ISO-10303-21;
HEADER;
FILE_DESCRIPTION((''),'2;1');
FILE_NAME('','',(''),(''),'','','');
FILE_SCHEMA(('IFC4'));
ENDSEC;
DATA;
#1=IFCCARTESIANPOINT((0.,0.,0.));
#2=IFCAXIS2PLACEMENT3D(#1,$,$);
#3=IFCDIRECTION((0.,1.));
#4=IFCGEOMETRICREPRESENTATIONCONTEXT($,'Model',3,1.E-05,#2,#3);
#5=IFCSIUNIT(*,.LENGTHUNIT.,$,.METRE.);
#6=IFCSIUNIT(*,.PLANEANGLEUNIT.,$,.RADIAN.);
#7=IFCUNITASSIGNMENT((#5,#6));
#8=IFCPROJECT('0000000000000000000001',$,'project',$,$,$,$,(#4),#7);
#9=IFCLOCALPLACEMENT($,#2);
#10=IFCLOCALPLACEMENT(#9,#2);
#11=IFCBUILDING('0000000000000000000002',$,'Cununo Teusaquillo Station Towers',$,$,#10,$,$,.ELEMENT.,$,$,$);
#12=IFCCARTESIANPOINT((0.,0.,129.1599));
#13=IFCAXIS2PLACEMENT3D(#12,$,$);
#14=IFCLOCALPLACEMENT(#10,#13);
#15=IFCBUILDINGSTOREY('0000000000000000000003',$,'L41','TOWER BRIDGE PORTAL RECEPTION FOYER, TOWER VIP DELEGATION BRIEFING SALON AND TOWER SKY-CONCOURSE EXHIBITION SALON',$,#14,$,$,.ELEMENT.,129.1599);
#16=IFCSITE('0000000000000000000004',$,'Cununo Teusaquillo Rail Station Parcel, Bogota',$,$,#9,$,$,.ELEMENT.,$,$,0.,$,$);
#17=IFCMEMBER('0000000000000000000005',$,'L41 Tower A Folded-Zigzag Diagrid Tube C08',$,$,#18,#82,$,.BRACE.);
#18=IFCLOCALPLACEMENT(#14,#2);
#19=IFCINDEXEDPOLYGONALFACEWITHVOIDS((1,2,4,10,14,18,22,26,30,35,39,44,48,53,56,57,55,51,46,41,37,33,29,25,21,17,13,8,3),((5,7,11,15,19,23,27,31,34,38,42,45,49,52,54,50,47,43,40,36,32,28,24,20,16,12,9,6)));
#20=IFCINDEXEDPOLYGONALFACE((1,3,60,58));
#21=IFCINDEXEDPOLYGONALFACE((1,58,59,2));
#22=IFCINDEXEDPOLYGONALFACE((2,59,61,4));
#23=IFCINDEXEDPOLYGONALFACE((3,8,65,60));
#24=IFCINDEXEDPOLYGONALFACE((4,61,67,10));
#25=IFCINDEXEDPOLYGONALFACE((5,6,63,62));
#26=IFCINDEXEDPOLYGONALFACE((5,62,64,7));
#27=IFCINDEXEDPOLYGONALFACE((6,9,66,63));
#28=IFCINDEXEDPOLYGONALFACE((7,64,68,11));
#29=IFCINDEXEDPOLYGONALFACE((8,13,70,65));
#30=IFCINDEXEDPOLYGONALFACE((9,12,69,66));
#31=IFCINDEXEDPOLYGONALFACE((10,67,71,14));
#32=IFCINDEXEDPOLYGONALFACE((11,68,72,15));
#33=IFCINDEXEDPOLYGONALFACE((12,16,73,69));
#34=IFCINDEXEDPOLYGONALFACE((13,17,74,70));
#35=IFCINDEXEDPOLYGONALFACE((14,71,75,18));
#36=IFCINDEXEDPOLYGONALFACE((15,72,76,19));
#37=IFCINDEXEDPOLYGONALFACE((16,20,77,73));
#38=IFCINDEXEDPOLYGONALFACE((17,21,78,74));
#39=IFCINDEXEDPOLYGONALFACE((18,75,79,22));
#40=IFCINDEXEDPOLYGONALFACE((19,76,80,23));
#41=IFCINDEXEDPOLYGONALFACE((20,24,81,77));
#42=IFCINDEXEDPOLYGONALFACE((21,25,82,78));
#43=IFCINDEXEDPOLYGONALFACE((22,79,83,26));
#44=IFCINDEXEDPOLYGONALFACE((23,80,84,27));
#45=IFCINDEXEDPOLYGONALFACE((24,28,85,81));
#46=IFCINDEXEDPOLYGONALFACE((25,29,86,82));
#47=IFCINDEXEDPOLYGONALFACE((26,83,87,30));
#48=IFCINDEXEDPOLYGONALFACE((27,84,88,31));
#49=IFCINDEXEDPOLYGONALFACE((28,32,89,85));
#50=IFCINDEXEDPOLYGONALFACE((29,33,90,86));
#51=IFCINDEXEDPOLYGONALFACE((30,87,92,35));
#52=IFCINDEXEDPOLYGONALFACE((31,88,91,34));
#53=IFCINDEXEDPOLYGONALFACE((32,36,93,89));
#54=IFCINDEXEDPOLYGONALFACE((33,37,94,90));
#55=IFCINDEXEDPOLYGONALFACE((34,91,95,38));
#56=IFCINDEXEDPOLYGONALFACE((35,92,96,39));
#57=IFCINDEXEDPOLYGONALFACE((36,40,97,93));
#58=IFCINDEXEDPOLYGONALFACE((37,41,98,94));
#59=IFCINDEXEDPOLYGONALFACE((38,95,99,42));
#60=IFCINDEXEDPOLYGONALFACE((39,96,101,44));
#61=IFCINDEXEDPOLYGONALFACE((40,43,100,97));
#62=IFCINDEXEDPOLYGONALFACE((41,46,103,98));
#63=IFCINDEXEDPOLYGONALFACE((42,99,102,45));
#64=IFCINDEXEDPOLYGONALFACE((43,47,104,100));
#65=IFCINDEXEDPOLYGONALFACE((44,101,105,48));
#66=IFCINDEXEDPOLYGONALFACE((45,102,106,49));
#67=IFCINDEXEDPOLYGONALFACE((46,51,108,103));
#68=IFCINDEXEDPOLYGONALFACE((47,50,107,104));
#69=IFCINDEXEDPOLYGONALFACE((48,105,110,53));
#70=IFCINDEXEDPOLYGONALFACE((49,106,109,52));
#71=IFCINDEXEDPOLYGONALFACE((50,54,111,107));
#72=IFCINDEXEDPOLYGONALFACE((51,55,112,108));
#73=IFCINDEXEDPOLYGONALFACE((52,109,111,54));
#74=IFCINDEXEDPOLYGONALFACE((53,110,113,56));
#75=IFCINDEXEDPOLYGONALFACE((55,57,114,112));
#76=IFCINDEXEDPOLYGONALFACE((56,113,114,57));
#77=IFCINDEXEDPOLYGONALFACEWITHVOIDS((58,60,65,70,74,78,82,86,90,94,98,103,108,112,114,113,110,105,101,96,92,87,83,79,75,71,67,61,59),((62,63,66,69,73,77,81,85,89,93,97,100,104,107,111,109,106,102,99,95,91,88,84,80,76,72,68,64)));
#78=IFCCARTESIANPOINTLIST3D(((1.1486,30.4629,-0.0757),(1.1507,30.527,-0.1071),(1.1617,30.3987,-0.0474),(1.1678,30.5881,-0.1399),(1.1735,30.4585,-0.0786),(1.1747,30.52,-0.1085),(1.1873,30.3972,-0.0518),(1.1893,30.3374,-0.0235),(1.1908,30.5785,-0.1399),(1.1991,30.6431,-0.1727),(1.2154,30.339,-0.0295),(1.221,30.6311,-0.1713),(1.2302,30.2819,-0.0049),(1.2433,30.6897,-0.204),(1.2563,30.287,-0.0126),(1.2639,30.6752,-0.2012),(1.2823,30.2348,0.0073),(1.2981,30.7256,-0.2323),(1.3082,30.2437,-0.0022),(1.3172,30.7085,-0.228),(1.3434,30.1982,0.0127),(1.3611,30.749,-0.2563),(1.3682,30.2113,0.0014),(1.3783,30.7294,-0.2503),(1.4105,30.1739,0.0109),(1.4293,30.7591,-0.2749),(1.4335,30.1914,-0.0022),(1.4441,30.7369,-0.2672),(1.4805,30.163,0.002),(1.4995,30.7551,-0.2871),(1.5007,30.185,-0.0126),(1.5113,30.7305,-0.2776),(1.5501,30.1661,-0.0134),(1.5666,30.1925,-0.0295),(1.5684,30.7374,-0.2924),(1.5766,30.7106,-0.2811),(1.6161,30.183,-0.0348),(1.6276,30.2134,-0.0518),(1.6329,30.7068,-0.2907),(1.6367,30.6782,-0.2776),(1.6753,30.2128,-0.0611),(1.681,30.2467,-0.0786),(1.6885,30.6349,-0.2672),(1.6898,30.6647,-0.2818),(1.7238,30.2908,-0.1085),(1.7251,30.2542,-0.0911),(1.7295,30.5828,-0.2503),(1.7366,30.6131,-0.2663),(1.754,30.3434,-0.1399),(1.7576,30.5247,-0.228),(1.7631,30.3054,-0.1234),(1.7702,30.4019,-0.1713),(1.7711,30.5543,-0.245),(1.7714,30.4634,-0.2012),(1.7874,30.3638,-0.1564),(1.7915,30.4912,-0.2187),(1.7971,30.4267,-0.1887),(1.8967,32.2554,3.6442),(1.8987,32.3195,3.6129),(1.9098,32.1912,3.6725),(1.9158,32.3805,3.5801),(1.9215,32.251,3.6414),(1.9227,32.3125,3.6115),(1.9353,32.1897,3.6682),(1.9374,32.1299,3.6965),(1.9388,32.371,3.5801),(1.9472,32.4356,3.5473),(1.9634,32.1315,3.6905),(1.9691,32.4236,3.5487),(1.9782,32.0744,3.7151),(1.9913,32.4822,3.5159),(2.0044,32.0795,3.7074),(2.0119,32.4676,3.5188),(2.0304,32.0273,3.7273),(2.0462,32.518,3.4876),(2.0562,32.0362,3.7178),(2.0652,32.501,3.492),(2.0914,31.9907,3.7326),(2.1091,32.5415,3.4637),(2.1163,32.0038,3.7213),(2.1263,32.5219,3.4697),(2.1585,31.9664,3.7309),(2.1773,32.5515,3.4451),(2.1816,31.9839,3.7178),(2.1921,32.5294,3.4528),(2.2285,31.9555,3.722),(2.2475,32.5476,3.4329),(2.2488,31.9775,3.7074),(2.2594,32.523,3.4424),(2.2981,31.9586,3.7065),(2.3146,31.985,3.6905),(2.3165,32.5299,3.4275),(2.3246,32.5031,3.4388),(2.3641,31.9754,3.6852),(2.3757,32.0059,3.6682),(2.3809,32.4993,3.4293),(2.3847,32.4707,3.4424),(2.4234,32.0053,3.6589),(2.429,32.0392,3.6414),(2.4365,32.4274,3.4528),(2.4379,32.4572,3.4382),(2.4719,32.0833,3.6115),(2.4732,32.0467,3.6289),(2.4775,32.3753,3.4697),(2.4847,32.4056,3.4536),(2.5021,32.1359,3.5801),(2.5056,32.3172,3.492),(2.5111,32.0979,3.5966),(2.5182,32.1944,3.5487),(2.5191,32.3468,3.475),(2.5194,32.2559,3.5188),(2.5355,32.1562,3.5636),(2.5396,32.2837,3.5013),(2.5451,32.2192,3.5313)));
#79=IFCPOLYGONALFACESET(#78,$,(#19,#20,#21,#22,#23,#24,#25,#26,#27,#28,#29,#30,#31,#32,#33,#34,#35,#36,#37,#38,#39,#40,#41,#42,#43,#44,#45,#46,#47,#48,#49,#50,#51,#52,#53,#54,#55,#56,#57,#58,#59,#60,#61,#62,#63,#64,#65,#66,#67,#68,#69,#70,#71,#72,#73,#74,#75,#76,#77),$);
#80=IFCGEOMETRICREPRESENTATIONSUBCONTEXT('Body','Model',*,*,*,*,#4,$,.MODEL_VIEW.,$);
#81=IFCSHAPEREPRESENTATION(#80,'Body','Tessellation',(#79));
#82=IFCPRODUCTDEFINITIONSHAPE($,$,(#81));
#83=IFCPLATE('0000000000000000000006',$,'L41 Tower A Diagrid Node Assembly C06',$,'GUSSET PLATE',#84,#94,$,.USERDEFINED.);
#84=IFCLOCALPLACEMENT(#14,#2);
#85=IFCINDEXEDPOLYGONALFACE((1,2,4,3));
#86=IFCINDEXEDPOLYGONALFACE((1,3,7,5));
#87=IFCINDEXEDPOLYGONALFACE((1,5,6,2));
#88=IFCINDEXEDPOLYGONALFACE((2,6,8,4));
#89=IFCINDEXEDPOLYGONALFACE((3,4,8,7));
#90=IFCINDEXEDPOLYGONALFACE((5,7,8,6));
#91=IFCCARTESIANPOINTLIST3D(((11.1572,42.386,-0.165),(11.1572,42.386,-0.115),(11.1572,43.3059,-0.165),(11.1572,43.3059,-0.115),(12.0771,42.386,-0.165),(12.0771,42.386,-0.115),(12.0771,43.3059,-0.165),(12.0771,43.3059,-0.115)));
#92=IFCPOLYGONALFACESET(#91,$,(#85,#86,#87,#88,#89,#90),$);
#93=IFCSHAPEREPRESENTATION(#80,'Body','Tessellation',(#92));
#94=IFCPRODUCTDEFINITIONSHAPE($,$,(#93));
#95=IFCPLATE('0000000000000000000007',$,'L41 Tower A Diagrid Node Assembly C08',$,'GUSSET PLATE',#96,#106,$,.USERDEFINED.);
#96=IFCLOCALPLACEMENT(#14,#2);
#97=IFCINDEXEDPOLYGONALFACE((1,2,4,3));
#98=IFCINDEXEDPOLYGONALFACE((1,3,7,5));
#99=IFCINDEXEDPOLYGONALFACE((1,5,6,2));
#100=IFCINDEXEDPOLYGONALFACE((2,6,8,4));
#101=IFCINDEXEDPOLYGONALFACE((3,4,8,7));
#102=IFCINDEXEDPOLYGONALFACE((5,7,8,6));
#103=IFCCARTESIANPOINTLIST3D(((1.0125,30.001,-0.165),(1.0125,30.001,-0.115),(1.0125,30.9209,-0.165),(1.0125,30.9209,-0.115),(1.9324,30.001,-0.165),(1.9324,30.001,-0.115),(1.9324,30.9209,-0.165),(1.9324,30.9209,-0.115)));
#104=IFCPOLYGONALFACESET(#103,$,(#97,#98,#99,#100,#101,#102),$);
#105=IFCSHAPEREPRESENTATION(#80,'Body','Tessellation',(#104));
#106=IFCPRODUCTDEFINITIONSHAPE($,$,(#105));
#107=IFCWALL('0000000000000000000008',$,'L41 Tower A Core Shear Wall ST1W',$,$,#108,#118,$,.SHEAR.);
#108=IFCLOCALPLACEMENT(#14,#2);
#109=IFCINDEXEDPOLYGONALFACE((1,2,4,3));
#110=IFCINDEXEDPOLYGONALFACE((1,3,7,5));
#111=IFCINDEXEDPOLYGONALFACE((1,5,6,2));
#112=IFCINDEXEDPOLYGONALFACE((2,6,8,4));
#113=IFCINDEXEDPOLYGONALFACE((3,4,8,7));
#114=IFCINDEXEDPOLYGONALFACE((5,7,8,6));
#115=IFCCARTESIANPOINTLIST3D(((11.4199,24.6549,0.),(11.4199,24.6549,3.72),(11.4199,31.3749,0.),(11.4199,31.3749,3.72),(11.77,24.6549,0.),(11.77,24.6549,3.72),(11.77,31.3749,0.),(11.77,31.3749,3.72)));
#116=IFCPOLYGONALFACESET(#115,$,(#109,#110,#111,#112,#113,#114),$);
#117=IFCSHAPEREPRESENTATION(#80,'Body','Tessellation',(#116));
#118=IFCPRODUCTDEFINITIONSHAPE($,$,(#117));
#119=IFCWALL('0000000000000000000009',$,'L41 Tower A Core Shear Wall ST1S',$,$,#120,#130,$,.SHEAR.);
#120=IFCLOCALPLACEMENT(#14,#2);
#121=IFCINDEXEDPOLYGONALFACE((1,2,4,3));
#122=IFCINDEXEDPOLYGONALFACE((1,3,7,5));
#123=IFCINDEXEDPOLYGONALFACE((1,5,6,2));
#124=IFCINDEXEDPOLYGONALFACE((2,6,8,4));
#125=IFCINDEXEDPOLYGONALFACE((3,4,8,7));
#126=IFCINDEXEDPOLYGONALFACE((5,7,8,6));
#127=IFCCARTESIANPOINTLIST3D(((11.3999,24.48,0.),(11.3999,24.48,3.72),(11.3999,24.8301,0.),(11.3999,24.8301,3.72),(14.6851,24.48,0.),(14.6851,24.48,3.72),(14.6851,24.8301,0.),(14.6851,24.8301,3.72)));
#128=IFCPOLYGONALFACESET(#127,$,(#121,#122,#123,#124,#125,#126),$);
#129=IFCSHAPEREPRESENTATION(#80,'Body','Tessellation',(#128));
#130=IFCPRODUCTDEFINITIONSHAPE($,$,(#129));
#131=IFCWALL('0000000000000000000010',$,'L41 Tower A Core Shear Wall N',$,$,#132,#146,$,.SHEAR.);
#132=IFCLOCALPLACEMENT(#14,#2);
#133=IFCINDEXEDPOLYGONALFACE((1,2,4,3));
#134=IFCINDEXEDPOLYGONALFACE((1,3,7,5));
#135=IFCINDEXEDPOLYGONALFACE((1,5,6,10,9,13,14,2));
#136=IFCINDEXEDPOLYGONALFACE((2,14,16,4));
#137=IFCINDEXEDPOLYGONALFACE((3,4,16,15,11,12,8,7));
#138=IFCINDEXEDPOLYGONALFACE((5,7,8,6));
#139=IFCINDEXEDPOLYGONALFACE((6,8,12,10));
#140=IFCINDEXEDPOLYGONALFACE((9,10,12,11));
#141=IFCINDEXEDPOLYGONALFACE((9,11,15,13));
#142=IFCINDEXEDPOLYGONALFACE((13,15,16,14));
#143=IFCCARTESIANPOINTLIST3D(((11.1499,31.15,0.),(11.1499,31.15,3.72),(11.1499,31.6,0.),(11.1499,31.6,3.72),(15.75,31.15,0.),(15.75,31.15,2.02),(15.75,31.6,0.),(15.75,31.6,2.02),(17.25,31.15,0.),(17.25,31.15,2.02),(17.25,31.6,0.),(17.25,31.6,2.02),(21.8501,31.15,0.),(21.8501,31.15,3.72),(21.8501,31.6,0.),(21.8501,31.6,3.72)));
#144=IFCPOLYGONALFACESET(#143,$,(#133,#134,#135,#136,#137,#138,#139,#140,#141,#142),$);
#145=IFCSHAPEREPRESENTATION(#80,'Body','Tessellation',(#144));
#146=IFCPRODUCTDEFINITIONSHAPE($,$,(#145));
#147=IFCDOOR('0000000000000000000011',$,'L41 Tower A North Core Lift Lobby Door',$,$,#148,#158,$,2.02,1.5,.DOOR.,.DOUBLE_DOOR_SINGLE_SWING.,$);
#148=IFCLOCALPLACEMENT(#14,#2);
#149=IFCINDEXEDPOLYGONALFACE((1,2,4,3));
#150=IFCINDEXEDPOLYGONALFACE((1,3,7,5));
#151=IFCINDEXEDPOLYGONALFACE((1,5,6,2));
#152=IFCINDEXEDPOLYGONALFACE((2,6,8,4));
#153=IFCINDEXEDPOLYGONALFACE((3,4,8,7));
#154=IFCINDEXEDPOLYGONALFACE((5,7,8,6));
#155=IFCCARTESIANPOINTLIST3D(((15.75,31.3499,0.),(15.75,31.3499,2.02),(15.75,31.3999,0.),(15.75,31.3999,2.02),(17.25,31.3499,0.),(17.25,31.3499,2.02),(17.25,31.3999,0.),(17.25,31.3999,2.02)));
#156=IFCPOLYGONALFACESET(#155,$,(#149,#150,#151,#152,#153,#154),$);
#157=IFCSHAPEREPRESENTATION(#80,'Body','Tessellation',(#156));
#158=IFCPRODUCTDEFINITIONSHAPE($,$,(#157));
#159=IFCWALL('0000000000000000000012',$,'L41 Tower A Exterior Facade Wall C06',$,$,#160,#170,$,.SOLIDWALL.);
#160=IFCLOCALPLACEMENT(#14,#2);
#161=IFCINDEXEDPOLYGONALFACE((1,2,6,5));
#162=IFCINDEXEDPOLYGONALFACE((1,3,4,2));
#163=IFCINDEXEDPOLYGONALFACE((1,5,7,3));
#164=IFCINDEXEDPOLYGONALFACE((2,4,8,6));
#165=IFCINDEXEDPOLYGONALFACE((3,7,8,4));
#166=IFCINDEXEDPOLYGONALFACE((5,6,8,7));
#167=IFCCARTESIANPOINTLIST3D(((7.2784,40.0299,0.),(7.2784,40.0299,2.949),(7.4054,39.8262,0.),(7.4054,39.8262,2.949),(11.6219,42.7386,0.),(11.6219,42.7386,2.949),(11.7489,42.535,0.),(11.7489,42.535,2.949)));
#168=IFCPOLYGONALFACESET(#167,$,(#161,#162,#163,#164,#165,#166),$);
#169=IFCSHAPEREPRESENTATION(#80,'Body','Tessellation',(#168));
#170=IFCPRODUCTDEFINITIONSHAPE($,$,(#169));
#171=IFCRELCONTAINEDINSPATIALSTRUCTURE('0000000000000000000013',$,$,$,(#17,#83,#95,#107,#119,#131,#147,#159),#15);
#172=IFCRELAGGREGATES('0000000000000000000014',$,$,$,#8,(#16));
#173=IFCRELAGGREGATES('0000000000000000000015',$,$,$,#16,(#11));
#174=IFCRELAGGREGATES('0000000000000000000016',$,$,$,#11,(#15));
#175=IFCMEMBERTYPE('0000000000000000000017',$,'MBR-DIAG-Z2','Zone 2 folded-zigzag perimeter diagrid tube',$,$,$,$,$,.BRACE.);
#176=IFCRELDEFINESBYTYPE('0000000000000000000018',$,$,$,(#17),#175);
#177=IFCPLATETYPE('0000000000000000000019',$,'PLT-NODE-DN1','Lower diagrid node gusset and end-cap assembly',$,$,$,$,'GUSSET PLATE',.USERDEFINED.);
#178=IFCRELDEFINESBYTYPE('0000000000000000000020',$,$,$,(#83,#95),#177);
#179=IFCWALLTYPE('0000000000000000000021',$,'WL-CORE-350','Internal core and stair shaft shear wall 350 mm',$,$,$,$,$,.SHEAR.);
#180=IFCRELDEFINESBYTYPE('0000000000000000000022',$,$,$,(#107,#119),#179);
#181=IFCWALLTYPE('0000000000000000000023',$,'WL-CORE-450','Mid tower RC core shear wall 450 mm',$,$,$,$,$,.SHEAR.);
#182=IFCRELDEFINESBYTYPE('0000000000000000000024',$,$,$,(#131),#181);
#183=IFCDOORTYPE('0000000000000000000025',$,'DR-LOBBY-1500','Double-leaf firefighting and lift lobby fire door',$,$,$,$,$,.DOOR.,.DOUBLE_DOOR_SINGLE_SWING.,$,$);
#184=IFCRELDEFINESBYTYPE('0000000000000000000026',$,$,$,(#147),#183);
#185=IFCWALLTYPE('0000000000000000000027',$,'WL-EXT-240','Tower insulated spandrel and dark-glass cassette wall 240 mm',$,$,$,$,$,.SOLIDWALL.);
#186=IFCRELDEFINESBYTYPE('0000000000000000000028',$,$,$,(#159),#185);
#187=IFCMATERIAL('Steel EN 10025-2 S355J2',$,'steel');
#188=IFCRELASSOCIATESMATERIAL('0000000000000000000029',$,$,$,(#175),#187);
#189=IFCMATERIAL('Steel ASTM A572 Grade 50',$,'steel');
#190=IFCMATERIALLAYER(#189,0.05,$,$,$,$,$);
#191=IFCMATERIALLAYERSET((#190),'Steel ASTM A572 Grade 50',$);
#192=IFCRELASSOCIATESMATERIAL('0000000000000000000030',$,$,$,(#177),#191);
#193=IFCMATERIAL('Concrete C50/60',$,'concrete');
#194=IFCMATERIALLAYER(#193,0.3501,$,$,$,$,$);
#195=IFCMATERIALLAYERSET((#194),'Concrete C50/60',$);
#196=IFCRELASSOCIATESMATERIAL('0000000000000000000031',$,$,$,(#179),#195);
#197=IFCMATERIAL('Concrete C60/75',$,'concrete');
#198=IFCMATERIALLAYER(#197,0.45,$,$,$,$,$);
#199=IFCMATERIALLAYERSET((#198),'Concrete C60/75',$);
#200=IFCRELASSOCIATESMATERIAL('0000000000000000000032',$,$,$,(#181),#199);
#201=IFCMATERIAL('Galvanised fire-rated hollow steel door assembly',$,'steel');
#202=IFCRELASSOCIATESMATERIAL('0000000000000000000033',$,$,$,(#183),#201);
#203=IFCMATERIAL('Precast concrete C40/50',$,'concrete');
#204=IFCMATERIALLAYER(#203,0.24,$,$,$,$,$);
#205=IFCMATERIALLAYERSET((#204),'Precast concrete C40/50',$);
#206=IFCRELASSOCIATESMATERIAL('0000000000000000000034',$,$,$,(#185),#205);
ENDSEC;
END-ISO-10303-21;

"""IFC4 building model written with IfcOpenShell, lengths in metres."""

from ifc_helpers import new_model, si_unit, direction, frame, frame_2d, origin, origin_2d, place, context, subcontext, project, spatial, rectangle, hollow_circle, extrude, source, transform, mapped, material, layer, layer_set, material_profile, profile_set, type_object, element, fill, save


model = new_model("IFC4")

# Units and contexts
model_context = context("Model", 3, precision=1e-05, world=origin(), true_north=direction((0.0, 1.0)))
body_context = subcontext(model_context, "Body", "Model", "MODEL_VIEW")
ifc_project = project(units=[si_unit("LENGTHUNIT", "METRE"), si_unit("PLANEANGLEUNIT", "RADIAN")], contexts=[model_context])

# Site, building, storey
site_placement = place(None, origin())
site = spatial("IfcSite", under=ifc_project, at=site_placement, Name="Cununo Teusaquillo Rail Station Parcel, Bogota", CompositionType="ELEMENT", RefElevation=0.0)
building_placement = place(site_placement, origin())
building = spatial("IfcBuilding", under=site, at=building_placement, Name="Cununo Teusaquillo Station Towers", CompositionType="ELEMENT")
storey_placement = place(building_placement, frame((0.0, 0.0, 129.1599)))
storey = spatial("IfcBuildingStorey", under=building, at=storey_placement, Name="L41", Description="TOWER BRIDGE PORTAL RECEPTION FOYER, TOWER VIP DELEGATION BRIEFING SALON AND TOWER SKY-CONCOURSE EXHIBITION SALON", CompositionType="ELEMENT", Elevation=129.1599)

# Member
ifc_material_1 = material(Name="Steel EN 10025-2 S355J2", Category="steel")
ifc_material_profile_1 = material_profile(ifc_material_1, hollow_circle(Radius=0.3301, WallThickness=0.0249, at=origin_2d()), Name="CHS 660x25")
ifc_profile_set_1 = profile_set([ifc_material_profile_1], Name="Steel EN 10025-2 S355J2")
member_type = type_object("IfcMemberType", Name="MBR-DIAG-Z2", Description="Zone 2 folded-zigzag perimeter diagrid tube", PredefinedType="BRACE", material=ifc_profile_set_1)
member_1_placement = place(storey_placement, frame((1.4724, 30.4609, -0.1399), z_axis=(0.178254, 0.427135, 0.886443), x_axis=(-0.922861, 0.385133, 0.0)))
element("IfcMember", 1, at=member_1_placement, inside=storey, type_object=member_type, Name="L41 Tower A Folded-Zigzag Diagrid Tube C08", PredefinedType="BRACE", context=body_context, shape_type="SweptSolid", body=[
    extrude(hollow_circle(Radius=0.3301, WallThickness=0.0249, at=origin_2d()), origin(), (0.0, 0.0, 1.0), 4.1965),
])

# Plates
ifc_material_2 = material(Name="Steel ASTM A572 Grade 50", Category="steel")
ifc_layer_1 = layer(ifc_material_2, 0.05)
ifc_layer_set_1 = layer_set([ifc_layer_1], Name="Steel ASTM A572 Grade 50")
plate_type = type_object("IfcPlateType", Name="PLT-NODE-DN1", Description="Lower diagrid node gusset and end-cap assembly", ElementType="GUSSET PLATE", PredefinedType="USERDEFINED", material=ifc_layer_set_1)
shared_shape_1 = source(origin(), body_context, "Body", "SweptSolid", [
    extrude(rectangle(XDim=0.9199, YDim=0.9199, at=origin_2d()), origin(), (0.0, 0.0, 1.0), 0.05),
])
for number, where, z_axis, x_axis, name in (
    (2, (11.6172, 42.8459, -0.165), (0.0, 0.0, 1.0), (1.0, 0.0, 0.0), "L41 Tower A Diagrid Node Assembly C06"),
    (3, (1.4724, 30.4609, -0.165), (0.0, 0.0, 1.0), (1.0, 0.0, 0.0), "L41 Tower A Diagrid Node Assembly C08"),
):
    element("IfcPlate", number, at=place(storey_placement, frame(where, z_axis=z_axis, x_axis=x_axis)), inside=storey, type_object=plate_type, Name=name, ObjectType="GUSSET PLATE", PredefinedType="USERDEFINED", context=body_context, shape_type="MappedRepresentation", body=[
        mapped(shared_shape_1, transform((0.0, 0.0, 0.0), x_axis=(1.0, 0.0, 0.0), y_axis=(0.0, 1.0, 0.0), z_axis=(0.0, 0.0, 1.0), scale=1.0)),
    ])

# Walls
ifc_material_3 = material(Name="Concrete C50/60", Category="concrete")
ifc_layer_2 = layer(ifc_material_3, 0.3501)
ifc_layer_set_2 = layer_set([ifc_layer_2], Name="Concrete C50/60")
wall_type_1 = type_object("IfcWallType", Name="WL-CORE-350", Description="Internal core and stair shaft shear wall 350 mm", PredefinedType="SHEAR", material=ifc_layer_set_2)
wall_1_placement = place(storey_placement, frame((11.595, 24.655, 0.0), z_axis=(0.0, 0.0, 1.0), x_axis=(0.0, 1.0, 0.0)))
element("IfcWall", 4, at=wall_1_placement, inside=storey, type_object=wall_type_1, Name="L41 Tower A Core Shear Wall ST1W", PredefinedType="SHEAR", context=body_context, shape_type="SweptSolid", body=[
    extrude(rectangle(XDim=6.72, YDim=0.3501, at=frame_2d((3.3599, 0.0))), origin(), (0.0, 0.0, 1.0), 3.72),
])
wall_2_placement = place(storey_placement, frame((11.3999, 24.655, 0.0), z_axis=(0.0, 0.0, 1.0), x_axis=(1.0, 0.0, 0.0)))
element("IfcWall", 5, at=wall_2_placement, inside=storey, type_object=wall_type_1, Name="L41 Tower A Core Shear Wall ST1S", PredefinedType="SHEAR", context=body_context, shape_type="SweptSolid", body=[
    extrude(rectangle(XDim=3.2852, YDim=0.3501, at=frame_2d((1.6426, 0.0))), origin(), (0.0, 0.0, 1.0), 3.72),
])

# Wall, opening, door
ifc_material_4 = material(Name="Concrete C60/75", Category="concrete")
ifc_layer_3 = layer(ifc_material_4, 0.45)
ifc_layer_set_3 = layer_set([ifc_layer_3], Name="Concrete C60/75")
wall_type_2 = type_object("IfcWallType", Name="WL-CORE-450", Description="Mid tower RC core shear wall 450 mm", PredefinedType="SHEAR", material=ifc_layer_set_3)
wall_3_placement = place(storey_placement, frame((11.1499, 31.375, 0.0), z_axis=(0.0, 0.0, 1.0), x_axis=(1.0, 0.0, 0.0)))
wall_3 = element("IfcWall", 6, at=wall_3_placement, inside=storey, type_object=wall_type_2, Name="L41 Tower A Core Shear Wall N", PredefinedType="SHEAR", context=body_context, shape_type="SweptSolid", body=[
    extrude(rectangle(XDim=10.7002, YDim=0.45, at=frame_2d((5.3501, 0.0))), origin(), (0.0, 0.0, 1.0), 3.72),
])
shared_shape_2 = source(origin(), body_context, "Body", "SweptSolid", [
    extrude(rectangle(XDim=1.5, YDim=2.02, at=frame_2d((0.75, 1.01))), frame((0.0, 0.2349, 0.0), z_axis=(0.0, -1.0, 0.0), x_axis=(1.0, 0.0, 0.0)), (0.0, 0.0, 1.0), 0.47),
])
opening_1_placement = place(wall_3_placement, frame((4.6001, 0.0, 0.0)))
opening_1 = element("IfcOpeningElement", 7, at=opening_1_placement, cuts=wall_3, PredefinedType="OPENING", context=body_context, shape_type="MappedRepresentation", body=[
    mapped(shared_shape_2, transform((0.0, 0.0, 0.0), x_axis=(1.0, 0.0, 0.0), y_axis=(0.0, 1.0, 0.0), z_axis=(0.0, 0.0, 1.0), scale=1.0)),
])
ifc_material_5 = material(Name="Galvanised fire-rated hollow steel door assembly", Category="steel")
door_type_1 = type_object("IfcDoorType", Name="DR-LOBBY-1500", Description="Double-leaf firefighting and lift lobby fire door", OperationType="DOUBLE_DOOR_SINGLE_SWING", PredefinedType="DOOR", material=ifc_material_5)
shared_shape_3 = source(origin(), body_context, "Body", "SweptSolid", [
    extrude(rectangle(XDim=1.5, YDim=2.02, at=frame_2d((0.75, 1.01))), frame((0.0, 0.0249, 0.0), z_axis=(0.0, -1.0, 0.0), x_axis=(1.0, 0.0, 0.0)), (0.0, 0.0, 1.0), 0.05),
])
door_1_placement = place(opening_1_placement, origin())
door_1 = element("IfcDoor", 8, at=door_1_placement, inside=storey, type_object=door_type_1, Name="L41 Tower A North Core Lift Lobby Door", OperationType="DOUBLE_DOOR_SINGLE_SWING", OverallHeight=2.02, OverallWidth=1.5, PredefinedType="DOOR", context=body_context, shape_type="MappedRepresentation", body=[
    mapped(shared_shape_3, transform((0.0, 0.0, 0.0), x_axis=(1.0, 0.0, 0.0), y_axis=(0.0, 1.0, 0.0), z_axis=(0.0, 0.0, 1.0), scale=1.0)),
])
fill(opening_1, door_1)

# Wall
ifc_material_6 = material(Name="Precast concrete C40/50", Category="concrete")
ifc_layer_4 = layer(ifc_material_6, 0.24)
ifc_layer_set_4 = layer_set([ifc_layer_4], Name="Precast concrete C40/50")
wall_type_3 = type_object("IfcWallType", Name="WL-EXT-240", Description="Tower insulated spandrel and dark-glass cassette wall 240 mm", PredefinedType="SOLIDWALL", material=ifc_layer_set_4)
wall_4_placement = place(storey_placement, frame((7.3418, 39.928, 0.0), z_axis=(0.0, 0.0, 1.0), x_axis=(0.84852, 0.529163, 0.0)))
element("IfcWall", 9, at=wall_4_placement, inside=storey, type_object=wall_type_3, Name="L41 Tower A Exterior Facade Wall C06", PredefinedType="SOLIDWALL", context=body_context, shape_type="SweptSolid", body=[
    extrude(rectangle(XDim=5.1189, YDim=0.24, at=frame_2d((2.5596, 0.0))), origin(), (0.0, 0.0, 1.0), 2.949),
])

save(model, "model.ifc")
